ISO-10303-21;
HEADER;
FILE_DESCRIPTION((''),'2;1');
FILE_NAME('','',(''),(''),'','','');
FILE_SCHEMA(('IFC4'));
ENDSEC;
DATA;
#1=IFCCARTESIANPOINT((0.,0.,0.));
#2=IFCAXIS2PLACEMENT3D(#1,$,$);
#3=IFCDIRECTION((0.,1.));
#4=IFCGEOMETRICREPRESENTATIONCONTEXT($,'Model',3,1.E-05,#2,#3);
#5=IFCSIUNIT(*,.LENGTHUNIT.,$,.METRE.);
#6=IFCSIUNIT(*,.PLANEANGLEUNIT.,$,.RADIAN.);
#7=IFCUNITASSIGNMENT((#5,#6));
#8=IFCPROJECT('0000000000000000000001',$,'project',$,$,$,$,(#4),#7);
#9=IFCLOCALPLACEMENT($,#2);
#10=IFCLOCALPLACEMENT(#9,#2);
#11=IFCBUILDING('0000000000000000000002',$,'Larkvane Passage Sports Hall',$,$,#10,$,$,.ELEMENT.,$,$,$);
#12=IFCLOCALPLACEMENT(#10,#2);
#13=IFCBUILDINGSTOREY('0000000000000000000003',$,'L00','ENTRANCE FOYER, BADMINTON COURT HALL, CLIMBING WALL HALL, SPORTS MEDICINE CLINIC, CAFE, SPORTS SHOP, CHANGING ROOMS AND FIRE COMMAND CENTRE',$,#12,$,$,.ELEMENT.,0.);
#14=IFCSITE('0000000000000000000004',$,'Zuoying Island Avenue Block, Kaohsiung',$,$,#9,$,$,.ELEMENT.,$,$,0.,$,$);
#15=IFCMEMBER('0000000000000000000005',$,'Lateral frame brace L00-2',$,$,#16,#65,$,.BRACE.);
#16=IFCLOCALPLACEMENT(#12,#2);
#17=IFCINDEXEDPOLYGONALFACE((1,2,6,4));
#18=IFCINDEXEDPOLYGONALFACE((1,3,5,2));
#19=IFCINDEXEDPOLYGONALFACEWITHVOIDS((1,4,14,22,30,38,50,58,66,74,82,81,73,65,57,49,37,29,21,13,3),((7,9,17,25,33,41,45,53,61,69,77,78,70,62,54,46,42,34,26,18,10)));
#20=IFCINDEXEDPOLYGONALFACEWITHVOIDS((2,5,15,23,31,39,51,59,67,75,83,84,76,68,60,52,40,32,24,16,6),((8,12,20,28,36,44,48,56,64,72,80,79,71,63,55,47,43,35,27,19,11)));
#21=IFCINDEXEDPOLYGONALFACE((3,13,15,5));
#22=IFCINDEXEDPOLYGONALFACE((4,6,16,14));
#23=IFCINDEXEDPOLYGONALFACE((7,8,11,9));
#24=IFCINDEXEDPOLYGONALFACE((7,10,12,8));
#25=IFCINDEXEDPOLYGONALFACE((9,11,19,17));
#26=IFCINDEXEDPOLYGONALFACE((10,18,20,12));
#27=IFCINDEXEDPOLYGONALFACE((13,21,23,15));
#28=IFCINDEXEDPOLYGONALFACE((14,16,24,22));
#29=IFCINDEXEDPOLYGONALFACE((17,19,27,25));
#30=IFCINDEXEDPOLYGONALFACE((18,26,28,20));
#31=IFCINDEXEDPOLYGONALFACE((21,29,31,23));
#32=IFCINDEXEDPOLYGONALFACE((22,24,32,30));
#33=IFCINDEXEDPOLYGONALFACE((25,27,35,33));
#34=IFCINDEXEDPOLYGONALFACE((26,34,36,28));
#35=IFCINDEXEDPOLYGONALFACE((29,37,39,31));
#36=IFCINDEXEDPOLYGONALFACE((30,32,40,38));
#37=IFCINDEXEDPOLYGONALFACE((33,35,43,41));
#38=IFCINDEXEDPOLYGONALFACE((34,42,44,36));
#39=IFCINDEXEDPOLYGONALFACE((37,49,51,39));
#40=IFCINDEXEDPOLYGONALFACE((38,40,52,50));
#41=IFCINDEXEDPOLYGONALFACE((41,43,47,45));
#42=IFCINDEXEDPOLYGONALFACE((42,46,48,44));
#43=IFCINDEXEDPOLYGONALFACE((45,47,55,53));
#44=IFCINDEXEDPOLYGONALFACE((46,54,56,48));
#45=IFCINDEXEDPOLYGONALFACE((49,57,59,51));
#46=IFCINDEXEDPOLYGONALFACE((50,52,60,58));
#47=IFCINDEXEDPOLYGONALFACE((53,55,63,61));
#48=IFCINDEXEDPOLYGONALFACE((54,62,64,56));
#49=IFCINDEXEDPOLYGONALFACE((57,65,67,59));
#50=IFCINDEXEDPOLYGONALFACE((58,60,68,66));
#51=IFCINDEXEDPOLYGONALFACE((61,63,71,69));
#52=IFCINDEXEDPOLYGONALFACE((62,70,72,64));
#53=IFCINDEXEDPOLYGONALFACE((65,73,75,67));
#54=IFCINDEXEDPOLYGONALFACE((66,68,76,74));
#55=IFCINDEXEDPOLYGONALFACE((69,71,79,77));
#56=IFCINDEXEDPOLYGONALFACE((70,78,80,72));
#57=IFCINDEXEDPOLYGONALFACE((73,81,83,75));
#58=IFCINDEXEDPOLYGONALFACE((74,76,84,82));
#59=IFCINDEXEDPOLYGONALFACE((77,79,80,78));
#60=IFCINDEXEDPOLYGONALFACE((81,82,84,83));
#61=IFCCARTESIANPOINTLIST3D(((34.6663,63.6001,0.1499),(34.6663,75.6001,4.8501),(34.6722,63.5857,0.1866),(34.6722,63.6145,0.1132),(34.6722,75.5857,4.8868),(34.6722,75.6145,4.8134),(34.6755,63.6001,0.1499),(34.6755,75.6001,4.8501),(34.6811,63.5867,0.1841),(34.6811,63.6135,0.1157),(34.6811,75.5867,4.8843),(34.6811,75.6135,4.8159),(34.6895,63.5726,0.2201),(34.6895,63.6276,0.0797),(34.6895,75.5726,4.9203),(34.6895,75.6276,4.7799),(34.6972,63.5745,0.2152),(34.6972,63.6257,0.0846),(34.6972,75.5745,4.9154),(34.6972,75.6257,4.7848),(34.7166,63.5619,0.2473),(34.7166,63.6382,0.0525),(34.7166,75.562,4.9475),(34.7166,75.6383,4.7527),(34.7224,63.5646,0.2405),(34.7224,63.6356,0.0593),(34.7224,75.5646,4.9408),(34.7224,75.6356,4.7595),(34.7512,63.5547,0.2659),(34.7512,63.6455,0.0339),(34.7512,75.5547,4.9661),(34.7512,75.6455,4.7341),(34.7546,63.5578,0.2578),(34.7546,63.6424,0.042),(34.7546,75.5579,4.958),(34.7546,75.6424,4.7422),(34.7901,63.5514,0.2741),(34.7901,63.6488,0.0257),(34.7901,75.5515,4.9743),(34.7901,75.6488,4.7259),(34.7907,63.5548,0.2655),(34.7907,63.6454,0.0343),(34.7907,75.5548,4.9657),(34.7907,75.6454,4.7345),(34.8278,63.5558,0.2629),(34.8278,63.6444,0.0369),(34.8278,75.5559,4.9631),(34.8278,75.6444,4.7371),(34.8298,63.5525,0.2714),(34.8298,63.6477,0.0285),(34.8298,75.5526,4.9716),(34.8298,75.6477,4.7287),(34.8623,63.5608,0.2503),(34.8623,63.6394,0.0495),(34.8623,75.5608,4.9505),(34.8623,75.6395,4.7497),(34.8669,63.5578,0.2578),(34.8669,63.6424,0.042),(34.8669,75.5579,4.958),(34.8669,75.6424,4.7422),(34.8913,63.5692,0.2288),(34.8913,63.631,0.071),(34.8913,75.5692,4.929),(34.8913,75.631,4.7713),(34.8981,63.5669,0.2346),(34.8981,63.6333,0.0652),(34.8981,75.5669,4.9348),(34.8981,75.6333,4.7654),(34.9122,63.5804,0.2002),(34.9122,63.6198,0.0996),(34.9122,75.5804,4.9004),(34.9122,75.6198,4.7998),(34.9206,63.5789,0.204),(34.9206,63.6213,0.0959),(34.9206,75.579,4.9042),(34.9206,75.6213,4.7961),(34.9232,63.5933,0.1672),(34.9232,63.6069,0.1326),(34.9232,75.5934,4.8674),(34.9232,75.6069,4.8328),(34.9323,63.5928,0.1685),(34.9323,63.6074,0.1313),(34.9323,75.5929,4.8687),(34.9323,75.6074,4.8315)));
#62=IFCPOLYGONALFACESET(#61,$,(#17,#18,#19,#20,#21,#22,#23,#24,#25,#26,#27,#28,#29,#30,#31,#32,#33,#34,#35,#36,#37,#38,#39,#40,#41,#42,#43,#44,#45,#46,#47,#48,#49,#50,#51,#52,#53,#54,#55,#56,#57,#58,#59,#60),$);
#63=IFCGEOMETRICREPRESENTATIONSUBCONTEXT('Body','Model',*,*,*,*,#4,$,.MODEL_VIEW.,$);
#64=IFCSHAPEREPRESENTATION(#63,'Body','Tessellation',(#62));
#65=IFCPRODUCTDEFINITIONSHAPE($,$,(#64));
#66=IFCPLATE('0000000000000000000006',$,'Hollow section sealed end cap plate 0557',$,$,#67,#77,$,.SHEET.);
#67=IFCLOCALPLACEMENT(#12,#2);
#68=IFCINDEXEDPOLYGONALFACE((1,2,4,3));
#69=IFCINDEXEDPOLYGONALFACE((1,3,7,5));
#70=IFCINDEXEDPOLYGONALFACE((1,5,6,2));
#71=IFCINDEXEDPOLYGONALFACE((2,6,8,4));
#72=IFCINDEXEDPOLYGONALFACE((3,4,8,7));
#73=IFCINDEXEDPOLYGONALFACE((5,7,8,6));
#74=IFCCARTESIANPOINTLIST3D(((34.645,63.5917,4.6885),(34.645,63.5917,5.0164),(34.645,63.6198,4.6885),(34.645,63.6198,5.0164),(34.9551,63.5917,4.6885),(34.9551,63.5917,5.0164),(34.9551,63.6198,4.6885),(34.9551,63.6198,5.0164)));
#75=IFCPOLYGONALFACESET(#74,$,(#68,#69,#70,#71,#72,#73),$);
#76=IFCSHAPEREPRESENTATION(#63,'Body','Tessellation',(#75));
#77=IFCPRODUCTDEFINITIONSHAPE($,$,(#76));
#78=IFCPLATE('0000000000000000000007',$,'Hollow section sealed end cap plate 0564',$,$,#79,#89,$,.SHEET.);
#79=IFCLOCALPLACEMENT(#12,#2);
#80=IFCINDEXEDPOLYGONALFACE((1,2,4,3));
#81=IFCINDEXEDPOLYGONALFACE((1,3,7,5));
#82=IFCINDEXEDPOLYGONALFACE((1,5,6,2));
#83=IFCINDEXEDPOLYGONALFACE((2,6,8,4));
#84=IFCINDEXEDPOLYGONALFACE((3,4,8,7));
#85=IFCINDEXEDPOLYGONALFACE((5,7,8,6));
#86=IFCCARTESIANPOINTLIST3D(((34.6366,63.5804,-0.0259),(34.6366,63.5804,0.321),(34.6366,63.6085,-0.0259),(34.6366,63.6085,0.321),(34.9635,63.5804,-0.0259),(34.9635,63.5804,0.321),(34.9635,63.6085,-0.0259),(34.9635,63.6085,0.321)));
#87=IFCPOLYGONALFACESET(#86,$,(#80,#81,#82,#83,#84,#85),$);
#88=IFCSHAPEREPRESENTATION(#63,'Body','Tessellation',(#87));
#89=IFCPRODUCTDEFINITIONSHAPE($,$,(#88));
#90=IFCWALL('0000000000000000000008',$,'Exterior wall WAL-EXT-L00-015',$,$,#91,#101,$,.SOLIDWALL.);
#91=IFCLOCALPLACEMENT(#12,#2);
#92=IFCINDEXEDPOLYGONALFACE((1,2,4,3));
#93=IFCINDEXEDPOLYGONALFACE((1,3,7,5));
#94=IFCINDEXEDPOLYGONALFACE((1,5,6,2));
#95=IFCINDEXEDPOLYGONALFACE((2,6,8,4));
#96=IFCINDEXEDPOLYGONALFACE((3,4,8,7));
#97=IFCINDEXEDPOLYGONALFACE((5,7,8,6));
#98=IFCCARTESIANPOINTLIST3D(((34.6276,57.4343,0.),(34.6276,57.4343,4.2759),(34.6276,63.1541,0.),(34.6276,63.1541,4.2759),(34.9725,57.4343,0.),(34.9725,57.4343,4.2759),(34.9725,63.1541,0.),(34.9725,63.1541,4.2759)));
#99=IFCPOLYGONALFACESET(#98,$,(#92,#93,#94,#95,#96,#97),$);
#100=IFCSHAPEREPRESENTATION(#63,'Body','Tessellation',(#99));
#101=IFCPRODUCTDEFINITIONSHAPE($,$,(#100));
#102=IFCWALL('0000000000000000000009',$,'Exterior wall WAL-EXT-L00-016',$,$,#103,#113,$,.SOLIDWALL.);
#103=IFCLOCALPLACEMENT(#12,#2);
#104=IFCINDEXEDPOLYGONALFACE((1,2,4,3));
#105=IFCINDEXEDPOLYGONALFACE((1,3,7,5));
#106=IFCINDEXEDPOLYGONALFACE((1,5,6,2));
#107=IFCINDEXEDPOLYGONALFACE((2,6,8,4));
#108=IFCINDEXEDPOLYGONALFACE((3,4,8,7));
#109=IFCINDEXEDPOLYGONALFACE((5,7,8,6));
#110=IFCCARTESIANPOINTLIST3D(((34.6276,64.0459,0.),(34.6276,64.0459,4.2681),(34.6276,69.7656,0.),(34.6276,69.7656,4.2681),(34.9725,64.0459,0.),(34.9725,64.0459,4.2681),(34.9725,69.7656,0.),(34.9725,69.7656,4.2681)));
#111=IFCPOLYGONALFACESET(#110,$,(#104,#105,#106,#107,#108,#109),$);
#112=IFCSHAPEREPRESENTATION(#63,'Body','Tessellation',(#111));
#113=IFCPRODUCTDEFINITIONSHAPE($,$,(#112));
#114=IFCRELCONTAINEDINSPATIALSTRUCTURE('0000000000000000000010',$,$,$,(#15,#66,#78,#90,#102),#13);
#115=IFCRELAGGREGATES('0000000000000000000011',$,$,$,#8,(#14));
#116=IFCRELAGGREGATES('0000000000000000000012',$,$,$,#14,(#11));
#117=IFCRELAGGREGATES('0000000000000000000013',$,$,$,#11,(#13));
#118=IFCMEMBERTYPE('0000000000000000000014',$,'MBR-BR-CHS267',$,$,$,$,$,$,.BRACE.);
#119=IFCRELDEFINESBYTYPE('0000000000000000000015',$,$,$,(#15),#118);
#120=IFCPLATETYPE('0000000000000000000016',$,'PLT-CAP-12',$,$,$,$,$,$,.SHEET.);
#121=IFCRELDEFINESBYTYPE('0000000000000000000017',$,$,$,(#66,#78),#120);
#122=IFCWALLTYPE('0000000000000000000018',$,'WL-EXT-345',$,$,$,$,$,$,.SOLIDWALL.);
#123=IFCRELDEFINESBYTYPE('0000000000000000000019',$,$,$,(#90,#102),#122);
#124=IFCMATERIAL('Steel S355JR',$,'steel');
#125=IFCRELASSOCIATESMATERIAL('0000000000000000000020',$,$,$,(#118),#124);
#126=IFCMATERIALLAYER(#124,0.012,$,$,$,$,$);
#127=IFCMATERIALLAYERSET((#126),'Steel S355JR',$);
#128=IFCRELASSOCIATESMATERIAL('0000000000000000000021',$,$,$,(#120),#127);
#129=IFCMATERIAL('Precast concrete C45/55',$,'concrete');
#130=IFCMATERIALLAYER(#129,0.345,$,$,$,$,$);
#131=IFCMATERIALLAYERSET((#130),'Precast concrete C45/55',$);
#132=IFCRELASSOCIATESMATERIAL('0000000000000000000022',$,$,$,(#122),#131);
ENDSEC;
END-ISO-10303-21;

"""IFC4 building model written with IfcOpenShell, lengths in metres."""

from ifc_helpers import new_model, si_unit, direction, frame, frame_2d, origin, origin_2d, place, context, subcontext, project, spatial, rectangle, hollow_circle, extrude, material, layer, layer_set, material_profile, profile_set, type_object, element, save


model = new_model("IFC4")

# Units and contexts
model_context = context("Model", 3, precision=1e-05, world=origin(), true_north=direction((0.0, 1.0)))
body_context = subcontext(model_context, "Body", "Model", "MODEL_VIEW")
ifc_project = project(units=[si_unit("LENGTHUNIT", "METRE"), si_unit("PLANEANGLEUNIT", "RADIAN")], contexts=[model_context])

# Site, building, storey
site_placement = place(None, origin())
site = spatial("IfcSite", under=ifc_project, at=site_placement, Name="Zuoying Island Avenue Block, Kaohsiung", CompositionType="ELEMENT", RefElevation=0.0)
building_placement = place(site_placement, origin())
building = spatial("IfcBuilding", under=site, at=building_placement, Name="Larkvane Passage Sports Hall", CompositionType="ELEMENT")
storey_placement = place(building_placement, origin())
storey = spatial("IfcBuildingStorey", under=building, at=storey_placement, Name="L00", Description="ENTRANCE FOYER, BADMINTON COURT HALL, CLIMBING WALL HALL, SPORTS MEDICINE CLINIC, CAFE, SPORTS SHOP, CHANGING ROOMS AND FIRE COMMAND CENTRE", CompositionType="ELEMENT", Elevation=0.0)

# Shared definitions
ifc_material_1 = material(Name="Steel S355JR", Category="steel")

# Member
ifc_material_profile_1 = material_profile(ifc_material_1, hollow_circle(Radius=0.1338, WallThickness=0.0093, at=origin_2d()), Name="CHS-267.4x9.3")
ifc_profile_set_1 = profile_set([ifc_material_profile_1], Name="Steel S355JR")
member_type = type_object("IfcMemberType", Name="MBR-BR-CHS267", PredefinedType="BRACE", material=ifc_profile_set_1)
member_placement = place(storey_placement, frame((34.8, 63.6001, 0.1499), z_axis=(0.0, 0.931123, 0.364705), x_axis=(-1.0, 0.0, 0.0)))
element("IfcMember", 1, at=member_placement, inside=storey, type_object=member_type, Name="Lateral frame brace L00-2", PredefinedType="BRACE", context=body_context, shape_type="SweptSolid", body=[
    extrude(hollow_circle(Radius=0.1338, WallThickness=0.0093, at=origin_2d()), origin(), (0.0, 0.0, 1.0), 12.8877),
])

# Plates
ifc_layer_1 = layer(ifc_material_1, 0.012)
ifc_layer_set_1 = layer_set([ifc_layer_1], Name="Steel S355JR")
plate_type = type_object("IfcPlateType", Name="PLT-CAP-12", PredefinedType="SHEET", material=ifc_layer_set_1)
plate_1_placement = place(storey_placement, frame((34.8, 63.6057, 4.6885), z_axis=(0.0, 0.0, 1.0), x_axis=(-1.0, 0.0, 0.0)))
element("IfcPlate", 2, at=plate_1_placement, inside=storey, type_object=plate_type, Name="Hollow section sealed end cap plate 0557", PredefinedType="SHEET", context=body_context, shape_type="SweptSolid", body=[
    extrude(rectangle(XDim=0.3101, YDim=0.0281, at=origin_2d()), origin(), (0.0, 0.0, 1.0), 0.3279),
])
plate_2_placement = place(storey_placement, frame((34.8, 63.5945, -0.0259), z_axis=(0.0, 0.0, 1.0), x_axis=(-1.0, 0.0, 0.0)))
element("IfcPlate", 3, at=plate_2_placement, inside=storey, type_object=plate_type, Name="Hollow section sealed end cap plate 0564", PredefinedType="SHEET", context=body_context, shape_type="SweptSolid", body=[
    extrude(rectangle(XDim=0.3269, YDim=0.0281, at=origin_2d()), origin(), (0.0, 0.0, 1.0), 0.3469),
])

# Walls
ifc_material_2 = material(Name="Precast concrete C45/55", Category="concrete")
ifc_layer_2 = layer(ifc_material_2, 0.345)
ifc_layer_set_2 = layer_set([ifc_layer_2], Name="Precast concrete C45/55")
wall_type = type_object("IfcWallType", Name="WL-EXT-345", PredefinedType="SOLIDWALL", material=ifc_layer_set_2)
wall_1_placement = place(storey_placement, frame((34.8, 57.4343, 0.0), z_axis=(0.0, 0.0, 1.0), x_axis=(0.0, 1.0, 0.0)))
element("IfcWall", 4, at=wall_1_placement, inside=storey, type_object=wall_type, Name="Exterior wall WAL-EXT-L00-015", PredefinedType="SOLIDWALL", context=body_context, shape_type="SweptSolid", body=[
    extrude(rectangle(XDim=5.7197, YDim=0.345, at=frame_2d((2.8599, 0.0))), origin(), (0.0, 0.0, 1.0), 4.2759),
])
wall_2_placement = place(storey_placement, frame((34.8, 64.0459, 0.0), z_axis=(0.0, 0.0, 1.0), x_axis=(0.0, 1.0, 0.0)))
element("IfcWall", 5, at=wall_2_placement, inside=storey, type_object=wall_type, Name="Exterior wall WAL-EXT-L00-016", PredefinedType="SOLIDWALL", context=body_context, shape_type="SweptSolid", body=[
    extrude(rectangle(XDim=5.7197, YDim=0.345, at=frame_2d((2.8599, 0.0))), origin(), (0.0, 0.0, 1.0), 4.2681),
])

save(model, "model.ifc")
